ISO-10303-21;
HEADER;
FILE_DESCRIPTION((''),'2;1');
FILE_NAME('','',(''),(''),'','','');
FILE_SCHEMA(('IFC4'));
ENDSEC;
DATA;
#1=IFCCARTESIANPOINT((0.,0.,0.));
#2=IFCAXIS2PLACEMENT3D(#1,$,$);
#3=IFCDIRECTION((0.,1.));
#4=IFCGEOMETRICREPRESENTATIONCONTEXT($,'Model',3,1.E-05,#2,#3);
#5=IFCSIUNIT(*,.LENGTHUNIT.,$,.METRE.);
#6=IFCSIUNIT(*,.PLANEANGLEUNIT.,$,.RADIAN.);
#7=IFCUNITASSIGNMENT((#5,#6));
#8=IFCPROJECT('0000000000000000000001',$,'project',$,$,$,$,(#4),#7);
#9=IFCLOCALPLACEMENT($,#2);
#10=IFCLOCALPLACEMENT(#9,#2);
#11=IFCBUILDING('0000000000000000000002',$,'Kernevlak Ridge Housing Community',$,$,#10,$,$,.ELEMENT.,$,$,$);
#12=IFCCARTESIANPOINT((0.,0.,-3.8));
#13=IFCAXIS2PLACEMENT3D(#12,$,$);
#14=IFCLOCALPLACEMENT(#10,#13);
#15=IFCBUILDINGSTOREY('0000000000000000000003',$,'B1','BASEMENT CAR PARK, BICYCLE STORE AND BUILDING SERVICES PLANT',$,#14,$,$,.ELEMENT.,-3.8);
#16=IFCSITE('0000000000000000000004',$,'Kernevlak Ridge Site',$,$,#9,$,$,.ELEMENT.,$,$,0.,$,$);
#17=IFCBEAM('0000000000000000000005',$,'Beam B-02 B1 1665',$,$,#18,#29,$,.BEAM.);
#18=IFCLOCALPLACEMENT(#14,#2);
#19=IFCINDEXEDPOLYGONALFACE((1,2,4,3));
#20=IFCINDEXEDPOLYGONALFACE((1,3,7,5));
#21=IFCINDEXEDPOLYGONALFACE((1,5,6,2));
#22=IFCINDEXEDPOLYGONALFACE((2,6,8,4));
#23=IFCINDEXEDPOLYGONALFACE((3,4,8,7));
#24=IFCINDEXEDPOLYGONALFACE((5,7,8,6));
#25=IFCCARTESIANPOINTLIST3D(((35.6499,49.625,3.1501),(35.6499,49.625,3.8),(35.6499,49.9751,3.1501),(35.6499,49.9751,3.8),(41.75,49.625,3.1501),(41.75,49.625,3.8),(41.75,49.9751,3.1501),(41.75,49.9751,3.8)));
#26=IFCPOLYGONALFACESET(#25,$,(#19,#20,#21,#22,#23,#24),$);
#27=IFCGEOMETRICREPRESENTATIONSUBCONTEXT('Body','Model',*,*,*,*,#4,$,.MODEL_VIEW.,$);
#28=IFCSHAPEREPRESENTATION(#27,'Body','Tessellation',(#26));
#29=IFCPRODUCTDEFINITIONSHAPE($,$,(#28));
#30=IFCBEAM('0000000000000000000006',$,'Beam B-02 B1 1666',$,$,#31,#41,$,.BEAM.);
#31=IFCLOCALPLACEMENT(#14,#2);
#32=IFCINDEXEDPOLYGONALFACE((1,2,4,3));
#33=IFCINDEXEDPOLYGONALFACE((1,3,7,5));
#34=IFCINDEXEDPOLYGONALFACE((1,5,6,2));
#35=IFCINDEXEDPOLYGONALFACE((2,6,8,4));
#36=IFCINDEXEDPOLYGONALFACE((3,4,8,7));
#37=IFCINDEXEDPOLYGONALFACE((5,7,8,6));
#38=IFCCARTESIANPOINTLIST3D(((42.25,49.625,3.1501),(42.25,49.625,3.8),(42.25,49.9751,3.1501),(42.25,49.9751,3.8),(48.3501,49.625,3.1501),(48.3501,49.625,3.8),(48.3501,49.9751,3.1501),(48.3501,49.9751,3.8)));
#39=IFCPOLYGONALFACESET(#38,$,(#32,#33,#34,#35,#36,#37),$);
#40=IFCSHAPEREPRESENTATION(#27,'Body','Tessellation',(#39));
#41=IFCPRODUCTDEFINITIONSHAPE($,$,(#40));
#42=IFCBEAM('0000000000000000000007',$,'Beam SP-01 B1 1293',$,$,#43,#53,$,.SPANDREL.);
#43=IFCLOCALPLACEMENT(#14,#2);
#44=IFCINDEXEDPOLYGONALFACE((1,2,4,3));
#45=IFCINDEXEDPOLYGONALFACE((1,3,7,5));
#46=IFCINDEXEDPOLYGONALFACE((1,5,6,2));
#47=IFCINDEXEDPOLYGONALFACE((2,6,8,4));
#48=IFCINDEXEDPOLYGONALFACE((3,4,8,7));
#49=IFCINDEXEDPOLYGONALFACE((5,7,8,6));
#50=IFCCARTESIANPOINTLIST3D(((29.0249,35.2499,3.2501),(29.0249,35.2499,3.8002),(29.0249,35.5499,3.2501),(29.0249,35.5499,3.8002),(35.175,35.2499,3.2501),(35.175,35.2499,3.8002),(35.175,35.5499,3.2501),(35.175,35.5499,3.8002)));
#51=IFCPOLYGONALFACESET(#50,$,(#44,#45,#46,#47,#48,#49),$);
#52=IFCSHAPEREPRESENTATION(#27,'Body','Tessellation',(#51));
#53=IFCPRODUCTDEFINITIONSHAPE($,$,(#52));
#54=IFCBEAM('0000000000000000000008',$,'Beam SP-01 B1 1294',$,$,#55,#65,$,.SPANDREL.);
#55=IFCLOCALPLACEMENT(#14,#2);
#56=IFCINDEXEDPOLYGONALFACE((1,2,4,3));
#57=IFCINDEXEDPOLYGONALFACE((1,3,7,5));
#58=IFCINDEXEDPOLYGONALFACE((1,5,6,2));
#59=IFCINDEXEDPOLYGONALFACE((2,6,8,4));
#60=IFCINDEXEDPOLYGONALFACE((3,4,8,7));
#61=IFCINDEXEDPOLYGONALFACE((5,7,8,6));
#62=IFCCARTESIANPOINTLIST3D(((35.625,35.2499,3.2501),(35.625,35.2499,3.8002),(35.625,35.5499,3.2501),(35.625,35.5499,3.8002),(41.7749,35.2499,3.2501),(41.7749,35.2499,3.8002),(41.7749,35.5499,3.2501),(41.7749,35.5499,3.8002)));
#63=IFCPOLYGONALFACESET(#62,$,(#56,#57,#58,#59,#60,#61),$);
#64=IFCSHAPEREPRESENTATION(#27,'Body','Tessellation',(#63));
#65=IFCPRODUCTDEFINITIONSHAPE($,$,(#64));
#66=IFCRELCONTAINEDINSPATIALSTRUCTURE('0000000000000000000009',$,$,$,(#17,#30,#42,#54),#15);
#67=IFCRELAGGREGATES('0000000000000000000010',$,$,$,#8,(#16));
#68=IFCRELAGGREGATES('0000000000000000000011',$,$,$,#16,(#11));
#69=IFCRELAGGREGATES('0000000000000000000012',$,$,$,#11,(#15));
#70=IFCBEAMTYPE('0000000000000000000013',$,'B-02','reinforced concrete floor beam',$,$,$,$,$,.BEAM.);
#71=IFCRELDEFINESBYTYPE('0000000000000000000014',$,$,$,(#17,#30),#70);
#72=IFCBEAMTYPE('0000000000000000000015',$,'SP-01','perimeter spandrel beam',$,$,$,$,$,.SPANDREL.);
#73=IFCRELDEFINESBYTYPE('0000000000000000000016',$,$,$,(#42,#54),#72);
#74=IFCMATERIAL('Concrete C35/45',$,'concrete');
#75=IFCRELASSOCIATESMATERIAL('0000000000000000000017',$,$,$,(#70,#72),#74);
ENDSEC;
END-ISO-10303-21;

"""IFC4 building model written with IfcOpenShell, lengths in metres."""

from ifc_helpers import new_model, si_unit, direction, frame, origin, origin_2d, place, context, subcontext, project, spatial, rectangle, extrude, material, material_profile, profile_set, type_object, element, save


model = new_model("IFC4")

# Units and contexts
model_context = context("Model", 3, precision=1e-05, world=origin(), true_north=direction((0.0, 1.0)))
body_context = subcontext(model_context, "Body", "Model", "MODEL_VIEW")
ifc_project = project(units=[si_unit("LENGTHUNIT", "METRE"), si_unit("PLANEANGLEUNIT", "RADIAN")], contexts=[model_context])

# Site, building, storey
site_placement = place(None, origin())
site = spatial("IfcSite", under=ifc_project, at=site_placement, Name="Kernevlak Ridge Site", CompositionType="ELEMENT", RefElevation=0.0)
building_placement = place(site_placement, origin())
building = spatial("IfcBuilding", under=site, at=building_placement, Name="Kernevlak Ridge Housing Community", CompositionType="ELEMENT")
storey_placement = place(building_placement, frame((0.0, 0.0, -3.8)))
storey = spatial("IfcBuildingStorey", under=building, at=storey_placement, Name="B1", Description="BASEMENT CAR PARK, BICYCLE STORE AND BUILDING SERVICES PLANT", CompositionType="ELEMENT", Elevation=-3.8)

# Shared definitions
ifc_material_1 = material(Name="Concrete C35/45", Category="concrete")

# Beams
ifc_material_profile_1 = material_profile(ifc_material_1, rectangle(XDim=0.3501, YDim=0.6499, at=origin_2d()), Name="RC 350x650")
ifc_profile_set_1 = profile_set([ifc_material_profile_1], Name="Concrete C35/45")
beam_type_1 = type_object("IfcBeamType", Name="B-02", Description="reinforced concrete floor beam", PredefinedType="BEAM", material=ifc_profile_set_1)
for number, where, z_axis, x_axis, name in (
    (1, (35.6499, 49.8, 3.4751), (1.0, 0.0, 0.0), (0.0, 1.0, 0.0), "Beam B-02 B1 1665"),
    (2, (42.25, 49.8, 3.4751), (1.0, 0.0, 0.0), (0.0, 1.0, 0.0), "Beam B-02 B1 1666"),
):
    element("IfcBeam", number, at=place(storey_placement, frame(where, z_axis=z_axis, x_axis=x_axis)), inside=storey, type_object=beam_type_1, Name=name, PredefinedType="BEAM", context=body_context, shape_type="SweptSolid", body=[
        extrude(rectangle(XDim=0.3501, YDim=0.6499, at=origin_2d()), origin(), (0.0, 0.0, 1.0), 6.1001),
    ])
ifc_material_profile_2 = material_profile(ifc_material_1, rectangle(XDim=0.3, YDim=0.55, at=origin_2d()), Name="RC 300x550")
ifc_profile_set_2 = profile_set([ifc_material_profile_2], Name="Concrete C35/45")
beam_type_2 = type_object("IfcBeamType", Name="SP-01", Description="perimeter spandrel beam", PredefinedType="SPANDREL", material=ifc_profile_set_2)
beam_1_placement = place(storey_placement, frame((29.0249, 35.3999, 3.5251), z_axis=(1.0, 0.0, 0.0), x_axis=(0.0, 1.0, 0.0)))
element("IfcBeam", 3, at=beam_1_placement, inside=storey, type_object=beam_type_2, Name="Beam SP-01 B1 1293", PredefinedType="SPANDREL", context=body_context, shape_type="SweptSolid", body=[
    extrude(rectangle(XDim=0.3, YDim=0.55, at=origin_2d()), origin(), (0.0, 0.0, 1.0), 6.1501),
])
beam_2_placement = place(storey_placement, frame((35.625, 35.3999, 3.5251), z_axis=(1.0, 0.0, 0.0), x_axis=(0.0, 1.0, 0.0)))
element("IfcBeam", 4, at=beam_2_placement, inside=storey, type_object=beam_type_2, Name="Beam SP-01 B1 1294", PredefinedType="SPANDREL", context=body_context, shape_type="SweptSolid", body=[
    extrude(rectangle(XDim=0.3, YDim=0.55, at=origin_2d()), origin(), (0.0, 0.0, 1.0), 6.1499),
])

save(model, "model.ifc")
